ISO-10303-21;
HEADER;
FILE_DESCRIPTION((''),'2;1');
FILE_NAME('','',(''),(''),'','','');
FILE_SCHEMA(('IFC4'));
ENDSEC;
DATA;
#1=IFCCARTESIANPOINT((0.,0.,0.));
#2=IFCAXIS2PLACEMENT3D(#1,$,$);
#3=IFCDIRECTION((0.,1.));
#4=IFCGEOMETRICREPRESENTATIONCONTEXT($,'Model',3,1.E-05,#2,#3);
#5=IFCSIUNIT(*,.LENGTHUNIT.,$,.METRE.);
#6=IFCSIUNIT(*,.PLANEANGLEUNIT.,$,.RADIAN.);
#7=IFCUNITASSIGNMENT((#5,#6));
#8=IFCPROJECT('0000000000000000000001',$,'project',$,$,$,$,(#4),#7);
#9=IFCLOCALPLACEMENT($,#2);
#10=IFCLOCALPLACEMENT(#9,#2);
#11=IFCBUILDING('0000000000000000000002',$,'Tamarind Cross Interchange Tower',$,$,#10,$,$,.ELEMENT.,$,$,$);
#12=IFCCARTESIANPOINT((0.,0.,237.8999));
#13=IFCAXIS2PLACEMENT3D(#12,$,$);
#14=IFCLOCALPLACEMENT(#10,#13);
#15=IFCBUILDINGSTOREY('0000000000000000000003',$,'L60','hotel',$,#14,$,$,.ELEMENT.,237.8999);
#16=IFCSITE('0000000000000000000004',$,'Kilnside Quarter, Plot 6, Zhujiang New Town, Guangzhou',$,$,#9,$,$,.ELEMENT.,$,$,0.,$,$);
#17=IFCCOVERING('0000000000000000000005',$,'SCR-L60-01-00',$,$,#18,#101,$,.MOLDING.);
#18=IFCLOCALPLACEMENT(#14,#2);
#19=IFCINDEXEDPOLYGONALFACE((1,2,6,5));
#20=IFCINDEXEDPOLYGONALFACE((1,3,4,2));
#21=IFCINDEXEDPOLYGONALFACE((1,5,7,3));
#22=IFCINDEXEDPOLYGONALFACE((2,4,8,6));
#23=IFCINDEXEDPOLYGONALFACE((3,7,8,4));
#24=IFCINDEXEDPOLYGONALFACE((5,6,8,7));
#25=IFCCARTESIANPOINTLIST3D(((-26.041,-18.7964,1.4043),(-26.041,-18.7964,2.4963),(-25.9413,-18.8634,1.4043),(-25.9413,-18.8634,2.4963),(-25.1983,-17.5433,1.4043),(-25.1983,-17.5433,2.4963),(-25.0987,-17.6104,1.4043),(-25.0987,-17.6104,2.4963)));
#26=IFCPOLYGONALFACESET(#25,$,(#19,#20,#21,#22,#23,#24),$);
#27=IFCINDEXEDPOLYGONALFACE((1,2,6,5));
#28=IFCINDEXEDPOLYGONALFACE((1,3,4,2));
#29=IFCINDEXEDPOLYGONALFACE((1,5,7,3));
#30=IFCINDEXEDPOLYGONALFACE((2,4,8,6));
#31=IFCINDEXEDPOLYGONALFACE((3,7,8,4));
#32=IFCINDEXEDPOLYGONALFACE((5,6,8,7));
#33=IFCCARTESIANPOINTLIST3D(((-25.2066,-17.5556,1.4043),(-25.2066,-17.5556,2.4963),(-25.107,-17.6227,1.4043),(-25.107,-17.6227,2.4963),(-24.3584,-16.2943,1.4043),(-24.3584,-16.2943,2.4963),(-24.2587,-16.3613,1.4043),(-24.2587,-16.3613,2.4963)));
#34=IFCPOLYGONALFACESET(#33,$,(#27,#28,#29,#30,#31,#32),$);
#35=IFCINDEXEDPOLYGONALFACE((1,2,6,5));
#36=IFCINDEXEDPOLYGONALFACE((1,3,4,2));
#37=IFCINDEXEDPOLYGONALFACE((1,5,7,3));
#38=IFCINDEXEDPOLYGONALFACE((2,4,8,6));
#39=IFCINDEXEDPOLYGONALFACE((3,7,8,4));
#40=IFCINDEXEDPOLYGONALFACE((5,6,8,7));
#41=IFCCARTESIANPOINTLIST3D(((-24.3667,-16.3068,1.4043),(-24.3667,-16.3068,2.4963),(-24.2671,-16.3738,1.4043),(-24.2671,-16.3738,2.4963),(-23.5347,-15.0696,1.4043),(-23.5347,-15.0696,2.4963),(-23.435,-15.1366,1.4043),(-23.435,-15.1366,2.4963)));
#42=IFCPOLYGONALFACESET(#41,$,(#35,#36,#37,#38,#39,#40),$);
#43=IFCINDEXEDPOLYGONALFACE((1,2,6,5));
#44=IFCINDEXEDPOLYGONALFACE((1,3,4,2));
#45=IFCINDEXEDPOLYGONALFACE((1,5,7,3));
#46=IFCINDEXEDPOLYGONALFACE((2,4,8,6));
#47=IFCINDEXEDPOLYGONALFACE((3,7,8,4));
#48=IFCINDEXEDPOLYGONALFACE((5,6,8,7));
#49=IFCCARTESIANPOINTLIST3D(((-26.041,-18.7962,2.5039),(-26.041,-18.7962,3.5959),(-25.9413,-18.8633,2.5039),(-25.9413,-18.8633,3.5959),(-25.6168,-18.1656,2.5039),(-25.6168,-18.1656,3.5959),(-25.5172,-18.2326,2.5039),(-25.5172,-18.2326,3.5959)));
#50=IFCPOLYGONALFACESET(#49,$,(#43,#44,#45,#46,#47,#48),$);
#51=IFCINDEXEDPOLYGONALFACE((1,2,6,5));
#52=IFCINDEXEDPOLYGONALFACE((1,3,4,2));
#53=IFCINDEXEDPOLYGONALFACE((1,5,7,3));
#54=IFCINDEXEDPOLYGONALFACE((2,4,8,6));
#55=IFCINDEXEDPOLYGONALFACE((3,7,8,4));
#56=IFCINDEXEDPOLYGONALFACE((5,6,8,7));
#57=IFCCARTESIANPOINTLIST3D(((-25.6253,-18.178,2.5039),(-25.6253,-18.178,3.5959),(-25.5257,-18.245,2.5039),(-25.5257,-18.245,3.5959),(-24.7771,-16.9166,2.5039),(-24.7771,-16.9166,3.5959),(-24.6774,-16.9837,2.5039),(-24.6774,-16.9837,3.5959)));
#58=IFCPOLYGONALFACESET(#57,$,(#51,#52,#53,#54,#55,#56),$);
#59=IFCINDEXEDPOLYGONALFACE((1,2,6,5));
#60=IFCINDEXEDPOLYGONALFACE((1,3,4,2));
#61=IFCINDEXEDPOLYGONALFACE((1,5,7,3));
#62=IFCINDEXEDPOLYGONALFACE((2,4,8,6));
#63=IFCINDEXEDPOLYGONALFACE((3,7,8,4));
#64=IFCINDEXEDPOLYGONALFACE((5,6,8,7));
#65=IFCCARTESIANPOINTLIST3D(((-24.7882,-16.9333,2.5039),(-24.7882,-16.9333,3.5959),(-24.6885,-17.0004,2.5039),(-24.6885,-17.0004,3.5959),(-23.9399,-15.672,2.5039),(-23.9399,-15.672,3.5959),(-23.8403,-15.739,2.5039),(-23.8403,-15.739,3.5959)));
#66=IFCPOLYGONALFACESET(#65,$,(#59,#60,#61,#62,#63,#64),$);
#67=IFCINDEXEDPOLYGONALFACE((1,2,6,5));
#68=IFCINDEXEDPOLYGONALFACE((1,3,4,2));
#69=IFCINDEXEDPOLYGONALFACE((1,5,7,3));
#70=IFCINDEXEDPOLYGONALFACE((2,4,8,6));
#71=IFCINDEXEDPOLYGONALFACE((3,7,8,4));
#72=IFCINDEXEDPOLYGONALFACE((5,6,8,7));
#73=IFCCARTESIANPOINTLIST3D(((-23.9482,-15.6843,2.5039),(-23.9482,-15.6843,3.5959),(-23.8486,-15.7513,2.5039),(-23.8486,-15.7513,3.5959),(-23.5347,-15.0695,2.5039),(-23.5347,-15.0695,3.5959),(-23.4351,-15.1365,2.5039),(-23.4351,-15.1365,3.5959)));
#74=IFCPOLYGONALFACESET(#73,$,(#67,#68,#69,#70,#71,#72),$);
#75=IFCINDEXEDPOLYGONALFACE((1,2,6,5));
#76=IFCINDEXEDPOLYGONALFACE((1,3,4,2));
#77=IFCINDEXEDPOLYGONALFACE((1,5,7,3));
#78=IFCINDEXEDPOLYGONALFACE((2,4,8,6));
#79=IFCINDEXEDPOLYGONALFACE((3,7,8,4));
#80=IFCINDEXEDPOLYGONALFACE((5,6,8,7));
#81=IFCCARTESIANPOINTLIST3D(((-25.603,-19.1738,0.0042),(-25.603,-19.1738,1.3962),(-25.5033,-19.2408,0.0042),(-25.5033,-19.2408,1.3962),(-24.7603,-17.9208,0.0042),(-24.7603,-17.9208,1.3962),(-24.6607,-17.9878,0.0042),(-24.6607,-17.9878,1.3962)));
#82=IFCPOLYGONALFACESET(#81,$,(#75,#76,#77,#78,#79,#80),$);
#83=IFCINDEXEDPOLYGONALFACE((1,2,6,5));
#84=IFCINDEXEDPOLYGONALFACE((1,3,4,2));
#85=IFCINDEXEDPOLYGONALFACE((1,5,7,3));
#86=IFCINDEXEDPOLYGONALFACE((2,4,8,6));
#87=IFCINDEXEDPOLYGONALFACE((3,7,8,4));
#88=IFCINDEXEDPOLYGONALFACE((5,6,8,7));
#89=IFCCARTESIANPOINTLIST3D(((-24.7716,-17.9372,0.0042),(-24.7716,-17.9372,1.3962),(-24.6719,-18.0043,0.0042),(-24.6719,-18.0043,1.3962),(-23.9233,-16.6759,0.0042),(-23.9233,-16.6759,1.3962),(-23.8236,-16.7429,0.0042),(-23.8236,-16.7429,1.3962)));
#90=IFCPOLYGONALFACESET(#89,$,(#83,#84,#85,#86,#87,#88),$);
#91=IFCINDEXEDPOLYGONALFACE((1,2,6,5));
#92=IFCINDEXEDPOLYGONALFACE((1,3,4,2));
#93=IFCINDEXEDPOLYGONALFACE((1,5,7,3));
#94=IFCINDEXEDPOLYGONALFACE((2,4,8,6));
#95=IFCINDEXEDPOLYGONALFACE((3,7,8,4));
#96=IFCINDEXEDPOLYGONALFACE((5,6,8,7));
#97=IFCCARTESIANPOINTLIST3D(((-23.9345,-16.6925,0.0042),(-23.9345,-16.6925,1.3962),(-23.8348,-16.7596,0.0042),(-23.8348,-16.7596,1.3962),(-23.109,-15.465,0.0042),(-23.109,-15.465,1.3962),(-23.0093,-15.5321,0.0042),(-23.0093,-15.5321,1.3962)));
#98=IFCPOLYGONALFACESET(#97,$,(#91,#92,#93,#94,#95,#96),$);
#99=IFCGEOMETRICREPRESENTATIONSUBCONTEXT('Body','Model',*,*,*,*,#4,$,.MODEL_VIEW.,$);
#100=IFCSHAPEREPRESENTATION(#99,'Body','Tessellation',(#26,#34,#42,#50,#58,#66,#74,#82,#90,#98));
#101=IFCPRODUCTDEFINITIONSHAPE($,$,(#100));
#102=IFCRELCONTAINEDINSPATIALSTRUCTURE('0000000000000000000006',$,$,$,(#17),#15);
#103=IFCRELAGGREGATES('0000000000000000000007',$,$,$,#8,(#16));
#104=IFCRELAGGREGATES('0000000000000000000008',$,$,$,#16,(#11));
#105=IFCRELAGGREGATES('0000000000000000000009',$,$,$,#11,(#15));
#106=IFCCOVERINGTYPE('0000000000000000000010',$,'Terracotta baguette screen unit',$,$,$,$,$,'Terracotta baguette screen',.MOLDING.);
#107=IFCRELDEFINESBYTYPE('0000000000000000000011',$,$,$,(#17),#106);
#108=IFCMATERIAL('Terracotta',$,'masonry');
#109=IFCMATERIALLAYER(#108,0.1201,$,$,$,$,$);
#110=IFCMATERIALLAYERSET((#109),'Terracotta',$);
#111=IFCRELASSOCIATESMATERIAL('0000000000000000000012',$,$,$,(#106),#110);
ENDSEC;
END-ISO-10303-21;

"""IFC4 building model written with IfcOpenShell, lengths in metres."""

from ifc_helpers import new_model, si_unit, direction, frame, origin, origin_2d, place, context, subcontext, project, spatial, rectangle, extrude, material, layer, layer_set, type_object, element, save


model = new_model("IFC4")

# Units and contexts
model_context = context("Model", 3, precision=1e-05, world=origin(), true_north=direction((0.0, 1.0)))
body_context = subcontext(model_context, "Body", "Model", "MODEL_VIEW")
ifc_project = project(units=[si_unit("LENGTHUNIT", "METRE"), si_unit("PLANEANGLEUNIT", "RADIAN")], contexts=[model_context])

# Site, building, storey
site_placement = place(None, origin())
site = spatial("IfcSite", under=ifc_project, at=site_placement, Name="Kilnside Quarter, Plot 6, Zhujiang New Town, Guangzhou", CompositionType="ELEMENT", RefElevation=0.0)
building_placement = place(site_placement, origin())
building = spatial("IfcBuilding", under=site, at=building_placement, Name="Tamarind Cross Interchange Tower", CompositionType="ELEMENT")
storey_placement = place(building_placement, frame((0.0, 0.0, 237.8999)))
storey = spatial("IfcBuildingStorey", under=building, at=storey_placement, Name="L60", Description="hotel", CompositionType="ELEMENT", Elevation=237.8999)

# Covering
ifc_material_1 = material(Name="Terracotta", Category="masonry")
ifc_layer_1 = layer(ifc_material_1, 0.1201)
ifc_layer_set_1 = layer_set([ifc_layer_1], Name="Terracotta")
covering_type = type_object("IfcCoveringType", Name="Terracotta baguette screen unit", ElementType="Terracotta baguette screen", PredefinedType="MOLDING", material=ifc_layer_set_1)
covering_1_placement = place(storey_placement, origin())
element("IfcCovering", 1, at=covering_1_placement, inside=storey, type_object=covering_type, Name="SCR-L60-01-00", PredefinedType="MOLDING", context=body_context, shape_type="SweptSolid", body=[
    extrude(rectangle(XDim=1.51, YDim=0.1201, at=origin_2d()), frame((-25.5698, -18.2034, 1.4043), z_axis=(0.0, 0.0, 1.0), x_axis=(0.558048, 0.829809, 0.0)), (0.0, 0.0, 1.0), 1.092),
    extrude(rectangle(XDim=1.52, YDim=0.1201, at=origin_2d()), frame((-24.7327, -16.9585, 1.4043), z_axis=(0.0, 0.0, 1.0), x_axis=(0.558048, 0.829809, 0.0)), (0.0, 0.0, 1.0), 1.092),
    extrude(rectangle(XDim=1.491, YDim=0.1201, at=origin_2d()), frame((-23.9009, -15.7217, 1.4043), z_axis=(0.0, 0.0, 1.0), x_axis=(0.558048, 0.829809, 0.0)), (0.0, 0.0, 1.0), 1.092),
    extrude(rectangle(XDim=0.76, YDim=0.1201, at=origin_2d()), frame((-25.7791, -18.5144, 2.5039), z_axis=(0.0, 0.0, 1.0), x_axis=(0.558048, 0.829809, 0.0)), (0.0, 0.0, 1.0), 1.092),
    extrude(rectangle(XDim=1.52, YDim=0.1201, at=origin_2d()), frame((-25.1514, -17.5808, 2.5039), z_axis=(0.0, 0.0, 1.0), x_axis=(0.558048, 0.829809, 0.0)), (0.0, 0.0, 1.0), 1.092),
    extrude(rectangle(XDim=1.52, YDim=0.1201, at=origin_2d()), frame((-24.3142, -16.3362, 2.5039), z_axis=(0.0, 0.0, 1.0), x_axis=(0.558048, 0.829809, 0.0)), (0.0, 0.0, 1.0), 1.092),
    extrude(rectangle(XDim=0.741, YDim=0.1201, at=origin_2d()), frame((-23.6917, -15.4104, 2.5039), z_axis=(0.0, 0.0, 1.0), x_axis=(0.558048, 0.829809, 0.0)), (0.0, 0.0, 1.0), 1.092),
    extrude(rectangle(XDim=1.51, YDim=0.1201, at=origin_2d()), frame((-25.1318, -18.5808, 0.0042), z_axis=(0.0, 0.0, 1.0), x_axis=(0.558048, 0.829809, 0.0)), (0.0, 0.0, 1.0), 1.3921),
    extrude(rectangle(XDim=1.52, YDim=0.1201, at=origin_2d()), frame((-24.2976, -17.3401, 0.0042), z_axis=(0.0, 0.0, 1.0), x_axis=(0.558048, 0.829809, 0.0)), (0.0, 0.0, 1.0), 1.3921),
    extrude(rectangle(XDim=1.4792, YDim=0.1201, at=origin_2d()), frame((-23.4719, -16.1123, 0.0042), z_axis=(0.0, 0.0, 1.0), x_axis=(0.558048, 0.829809, 0.0)), (0.0, 0.0, 1.0), 1.3921),
])

save(model, "model.ifc")
